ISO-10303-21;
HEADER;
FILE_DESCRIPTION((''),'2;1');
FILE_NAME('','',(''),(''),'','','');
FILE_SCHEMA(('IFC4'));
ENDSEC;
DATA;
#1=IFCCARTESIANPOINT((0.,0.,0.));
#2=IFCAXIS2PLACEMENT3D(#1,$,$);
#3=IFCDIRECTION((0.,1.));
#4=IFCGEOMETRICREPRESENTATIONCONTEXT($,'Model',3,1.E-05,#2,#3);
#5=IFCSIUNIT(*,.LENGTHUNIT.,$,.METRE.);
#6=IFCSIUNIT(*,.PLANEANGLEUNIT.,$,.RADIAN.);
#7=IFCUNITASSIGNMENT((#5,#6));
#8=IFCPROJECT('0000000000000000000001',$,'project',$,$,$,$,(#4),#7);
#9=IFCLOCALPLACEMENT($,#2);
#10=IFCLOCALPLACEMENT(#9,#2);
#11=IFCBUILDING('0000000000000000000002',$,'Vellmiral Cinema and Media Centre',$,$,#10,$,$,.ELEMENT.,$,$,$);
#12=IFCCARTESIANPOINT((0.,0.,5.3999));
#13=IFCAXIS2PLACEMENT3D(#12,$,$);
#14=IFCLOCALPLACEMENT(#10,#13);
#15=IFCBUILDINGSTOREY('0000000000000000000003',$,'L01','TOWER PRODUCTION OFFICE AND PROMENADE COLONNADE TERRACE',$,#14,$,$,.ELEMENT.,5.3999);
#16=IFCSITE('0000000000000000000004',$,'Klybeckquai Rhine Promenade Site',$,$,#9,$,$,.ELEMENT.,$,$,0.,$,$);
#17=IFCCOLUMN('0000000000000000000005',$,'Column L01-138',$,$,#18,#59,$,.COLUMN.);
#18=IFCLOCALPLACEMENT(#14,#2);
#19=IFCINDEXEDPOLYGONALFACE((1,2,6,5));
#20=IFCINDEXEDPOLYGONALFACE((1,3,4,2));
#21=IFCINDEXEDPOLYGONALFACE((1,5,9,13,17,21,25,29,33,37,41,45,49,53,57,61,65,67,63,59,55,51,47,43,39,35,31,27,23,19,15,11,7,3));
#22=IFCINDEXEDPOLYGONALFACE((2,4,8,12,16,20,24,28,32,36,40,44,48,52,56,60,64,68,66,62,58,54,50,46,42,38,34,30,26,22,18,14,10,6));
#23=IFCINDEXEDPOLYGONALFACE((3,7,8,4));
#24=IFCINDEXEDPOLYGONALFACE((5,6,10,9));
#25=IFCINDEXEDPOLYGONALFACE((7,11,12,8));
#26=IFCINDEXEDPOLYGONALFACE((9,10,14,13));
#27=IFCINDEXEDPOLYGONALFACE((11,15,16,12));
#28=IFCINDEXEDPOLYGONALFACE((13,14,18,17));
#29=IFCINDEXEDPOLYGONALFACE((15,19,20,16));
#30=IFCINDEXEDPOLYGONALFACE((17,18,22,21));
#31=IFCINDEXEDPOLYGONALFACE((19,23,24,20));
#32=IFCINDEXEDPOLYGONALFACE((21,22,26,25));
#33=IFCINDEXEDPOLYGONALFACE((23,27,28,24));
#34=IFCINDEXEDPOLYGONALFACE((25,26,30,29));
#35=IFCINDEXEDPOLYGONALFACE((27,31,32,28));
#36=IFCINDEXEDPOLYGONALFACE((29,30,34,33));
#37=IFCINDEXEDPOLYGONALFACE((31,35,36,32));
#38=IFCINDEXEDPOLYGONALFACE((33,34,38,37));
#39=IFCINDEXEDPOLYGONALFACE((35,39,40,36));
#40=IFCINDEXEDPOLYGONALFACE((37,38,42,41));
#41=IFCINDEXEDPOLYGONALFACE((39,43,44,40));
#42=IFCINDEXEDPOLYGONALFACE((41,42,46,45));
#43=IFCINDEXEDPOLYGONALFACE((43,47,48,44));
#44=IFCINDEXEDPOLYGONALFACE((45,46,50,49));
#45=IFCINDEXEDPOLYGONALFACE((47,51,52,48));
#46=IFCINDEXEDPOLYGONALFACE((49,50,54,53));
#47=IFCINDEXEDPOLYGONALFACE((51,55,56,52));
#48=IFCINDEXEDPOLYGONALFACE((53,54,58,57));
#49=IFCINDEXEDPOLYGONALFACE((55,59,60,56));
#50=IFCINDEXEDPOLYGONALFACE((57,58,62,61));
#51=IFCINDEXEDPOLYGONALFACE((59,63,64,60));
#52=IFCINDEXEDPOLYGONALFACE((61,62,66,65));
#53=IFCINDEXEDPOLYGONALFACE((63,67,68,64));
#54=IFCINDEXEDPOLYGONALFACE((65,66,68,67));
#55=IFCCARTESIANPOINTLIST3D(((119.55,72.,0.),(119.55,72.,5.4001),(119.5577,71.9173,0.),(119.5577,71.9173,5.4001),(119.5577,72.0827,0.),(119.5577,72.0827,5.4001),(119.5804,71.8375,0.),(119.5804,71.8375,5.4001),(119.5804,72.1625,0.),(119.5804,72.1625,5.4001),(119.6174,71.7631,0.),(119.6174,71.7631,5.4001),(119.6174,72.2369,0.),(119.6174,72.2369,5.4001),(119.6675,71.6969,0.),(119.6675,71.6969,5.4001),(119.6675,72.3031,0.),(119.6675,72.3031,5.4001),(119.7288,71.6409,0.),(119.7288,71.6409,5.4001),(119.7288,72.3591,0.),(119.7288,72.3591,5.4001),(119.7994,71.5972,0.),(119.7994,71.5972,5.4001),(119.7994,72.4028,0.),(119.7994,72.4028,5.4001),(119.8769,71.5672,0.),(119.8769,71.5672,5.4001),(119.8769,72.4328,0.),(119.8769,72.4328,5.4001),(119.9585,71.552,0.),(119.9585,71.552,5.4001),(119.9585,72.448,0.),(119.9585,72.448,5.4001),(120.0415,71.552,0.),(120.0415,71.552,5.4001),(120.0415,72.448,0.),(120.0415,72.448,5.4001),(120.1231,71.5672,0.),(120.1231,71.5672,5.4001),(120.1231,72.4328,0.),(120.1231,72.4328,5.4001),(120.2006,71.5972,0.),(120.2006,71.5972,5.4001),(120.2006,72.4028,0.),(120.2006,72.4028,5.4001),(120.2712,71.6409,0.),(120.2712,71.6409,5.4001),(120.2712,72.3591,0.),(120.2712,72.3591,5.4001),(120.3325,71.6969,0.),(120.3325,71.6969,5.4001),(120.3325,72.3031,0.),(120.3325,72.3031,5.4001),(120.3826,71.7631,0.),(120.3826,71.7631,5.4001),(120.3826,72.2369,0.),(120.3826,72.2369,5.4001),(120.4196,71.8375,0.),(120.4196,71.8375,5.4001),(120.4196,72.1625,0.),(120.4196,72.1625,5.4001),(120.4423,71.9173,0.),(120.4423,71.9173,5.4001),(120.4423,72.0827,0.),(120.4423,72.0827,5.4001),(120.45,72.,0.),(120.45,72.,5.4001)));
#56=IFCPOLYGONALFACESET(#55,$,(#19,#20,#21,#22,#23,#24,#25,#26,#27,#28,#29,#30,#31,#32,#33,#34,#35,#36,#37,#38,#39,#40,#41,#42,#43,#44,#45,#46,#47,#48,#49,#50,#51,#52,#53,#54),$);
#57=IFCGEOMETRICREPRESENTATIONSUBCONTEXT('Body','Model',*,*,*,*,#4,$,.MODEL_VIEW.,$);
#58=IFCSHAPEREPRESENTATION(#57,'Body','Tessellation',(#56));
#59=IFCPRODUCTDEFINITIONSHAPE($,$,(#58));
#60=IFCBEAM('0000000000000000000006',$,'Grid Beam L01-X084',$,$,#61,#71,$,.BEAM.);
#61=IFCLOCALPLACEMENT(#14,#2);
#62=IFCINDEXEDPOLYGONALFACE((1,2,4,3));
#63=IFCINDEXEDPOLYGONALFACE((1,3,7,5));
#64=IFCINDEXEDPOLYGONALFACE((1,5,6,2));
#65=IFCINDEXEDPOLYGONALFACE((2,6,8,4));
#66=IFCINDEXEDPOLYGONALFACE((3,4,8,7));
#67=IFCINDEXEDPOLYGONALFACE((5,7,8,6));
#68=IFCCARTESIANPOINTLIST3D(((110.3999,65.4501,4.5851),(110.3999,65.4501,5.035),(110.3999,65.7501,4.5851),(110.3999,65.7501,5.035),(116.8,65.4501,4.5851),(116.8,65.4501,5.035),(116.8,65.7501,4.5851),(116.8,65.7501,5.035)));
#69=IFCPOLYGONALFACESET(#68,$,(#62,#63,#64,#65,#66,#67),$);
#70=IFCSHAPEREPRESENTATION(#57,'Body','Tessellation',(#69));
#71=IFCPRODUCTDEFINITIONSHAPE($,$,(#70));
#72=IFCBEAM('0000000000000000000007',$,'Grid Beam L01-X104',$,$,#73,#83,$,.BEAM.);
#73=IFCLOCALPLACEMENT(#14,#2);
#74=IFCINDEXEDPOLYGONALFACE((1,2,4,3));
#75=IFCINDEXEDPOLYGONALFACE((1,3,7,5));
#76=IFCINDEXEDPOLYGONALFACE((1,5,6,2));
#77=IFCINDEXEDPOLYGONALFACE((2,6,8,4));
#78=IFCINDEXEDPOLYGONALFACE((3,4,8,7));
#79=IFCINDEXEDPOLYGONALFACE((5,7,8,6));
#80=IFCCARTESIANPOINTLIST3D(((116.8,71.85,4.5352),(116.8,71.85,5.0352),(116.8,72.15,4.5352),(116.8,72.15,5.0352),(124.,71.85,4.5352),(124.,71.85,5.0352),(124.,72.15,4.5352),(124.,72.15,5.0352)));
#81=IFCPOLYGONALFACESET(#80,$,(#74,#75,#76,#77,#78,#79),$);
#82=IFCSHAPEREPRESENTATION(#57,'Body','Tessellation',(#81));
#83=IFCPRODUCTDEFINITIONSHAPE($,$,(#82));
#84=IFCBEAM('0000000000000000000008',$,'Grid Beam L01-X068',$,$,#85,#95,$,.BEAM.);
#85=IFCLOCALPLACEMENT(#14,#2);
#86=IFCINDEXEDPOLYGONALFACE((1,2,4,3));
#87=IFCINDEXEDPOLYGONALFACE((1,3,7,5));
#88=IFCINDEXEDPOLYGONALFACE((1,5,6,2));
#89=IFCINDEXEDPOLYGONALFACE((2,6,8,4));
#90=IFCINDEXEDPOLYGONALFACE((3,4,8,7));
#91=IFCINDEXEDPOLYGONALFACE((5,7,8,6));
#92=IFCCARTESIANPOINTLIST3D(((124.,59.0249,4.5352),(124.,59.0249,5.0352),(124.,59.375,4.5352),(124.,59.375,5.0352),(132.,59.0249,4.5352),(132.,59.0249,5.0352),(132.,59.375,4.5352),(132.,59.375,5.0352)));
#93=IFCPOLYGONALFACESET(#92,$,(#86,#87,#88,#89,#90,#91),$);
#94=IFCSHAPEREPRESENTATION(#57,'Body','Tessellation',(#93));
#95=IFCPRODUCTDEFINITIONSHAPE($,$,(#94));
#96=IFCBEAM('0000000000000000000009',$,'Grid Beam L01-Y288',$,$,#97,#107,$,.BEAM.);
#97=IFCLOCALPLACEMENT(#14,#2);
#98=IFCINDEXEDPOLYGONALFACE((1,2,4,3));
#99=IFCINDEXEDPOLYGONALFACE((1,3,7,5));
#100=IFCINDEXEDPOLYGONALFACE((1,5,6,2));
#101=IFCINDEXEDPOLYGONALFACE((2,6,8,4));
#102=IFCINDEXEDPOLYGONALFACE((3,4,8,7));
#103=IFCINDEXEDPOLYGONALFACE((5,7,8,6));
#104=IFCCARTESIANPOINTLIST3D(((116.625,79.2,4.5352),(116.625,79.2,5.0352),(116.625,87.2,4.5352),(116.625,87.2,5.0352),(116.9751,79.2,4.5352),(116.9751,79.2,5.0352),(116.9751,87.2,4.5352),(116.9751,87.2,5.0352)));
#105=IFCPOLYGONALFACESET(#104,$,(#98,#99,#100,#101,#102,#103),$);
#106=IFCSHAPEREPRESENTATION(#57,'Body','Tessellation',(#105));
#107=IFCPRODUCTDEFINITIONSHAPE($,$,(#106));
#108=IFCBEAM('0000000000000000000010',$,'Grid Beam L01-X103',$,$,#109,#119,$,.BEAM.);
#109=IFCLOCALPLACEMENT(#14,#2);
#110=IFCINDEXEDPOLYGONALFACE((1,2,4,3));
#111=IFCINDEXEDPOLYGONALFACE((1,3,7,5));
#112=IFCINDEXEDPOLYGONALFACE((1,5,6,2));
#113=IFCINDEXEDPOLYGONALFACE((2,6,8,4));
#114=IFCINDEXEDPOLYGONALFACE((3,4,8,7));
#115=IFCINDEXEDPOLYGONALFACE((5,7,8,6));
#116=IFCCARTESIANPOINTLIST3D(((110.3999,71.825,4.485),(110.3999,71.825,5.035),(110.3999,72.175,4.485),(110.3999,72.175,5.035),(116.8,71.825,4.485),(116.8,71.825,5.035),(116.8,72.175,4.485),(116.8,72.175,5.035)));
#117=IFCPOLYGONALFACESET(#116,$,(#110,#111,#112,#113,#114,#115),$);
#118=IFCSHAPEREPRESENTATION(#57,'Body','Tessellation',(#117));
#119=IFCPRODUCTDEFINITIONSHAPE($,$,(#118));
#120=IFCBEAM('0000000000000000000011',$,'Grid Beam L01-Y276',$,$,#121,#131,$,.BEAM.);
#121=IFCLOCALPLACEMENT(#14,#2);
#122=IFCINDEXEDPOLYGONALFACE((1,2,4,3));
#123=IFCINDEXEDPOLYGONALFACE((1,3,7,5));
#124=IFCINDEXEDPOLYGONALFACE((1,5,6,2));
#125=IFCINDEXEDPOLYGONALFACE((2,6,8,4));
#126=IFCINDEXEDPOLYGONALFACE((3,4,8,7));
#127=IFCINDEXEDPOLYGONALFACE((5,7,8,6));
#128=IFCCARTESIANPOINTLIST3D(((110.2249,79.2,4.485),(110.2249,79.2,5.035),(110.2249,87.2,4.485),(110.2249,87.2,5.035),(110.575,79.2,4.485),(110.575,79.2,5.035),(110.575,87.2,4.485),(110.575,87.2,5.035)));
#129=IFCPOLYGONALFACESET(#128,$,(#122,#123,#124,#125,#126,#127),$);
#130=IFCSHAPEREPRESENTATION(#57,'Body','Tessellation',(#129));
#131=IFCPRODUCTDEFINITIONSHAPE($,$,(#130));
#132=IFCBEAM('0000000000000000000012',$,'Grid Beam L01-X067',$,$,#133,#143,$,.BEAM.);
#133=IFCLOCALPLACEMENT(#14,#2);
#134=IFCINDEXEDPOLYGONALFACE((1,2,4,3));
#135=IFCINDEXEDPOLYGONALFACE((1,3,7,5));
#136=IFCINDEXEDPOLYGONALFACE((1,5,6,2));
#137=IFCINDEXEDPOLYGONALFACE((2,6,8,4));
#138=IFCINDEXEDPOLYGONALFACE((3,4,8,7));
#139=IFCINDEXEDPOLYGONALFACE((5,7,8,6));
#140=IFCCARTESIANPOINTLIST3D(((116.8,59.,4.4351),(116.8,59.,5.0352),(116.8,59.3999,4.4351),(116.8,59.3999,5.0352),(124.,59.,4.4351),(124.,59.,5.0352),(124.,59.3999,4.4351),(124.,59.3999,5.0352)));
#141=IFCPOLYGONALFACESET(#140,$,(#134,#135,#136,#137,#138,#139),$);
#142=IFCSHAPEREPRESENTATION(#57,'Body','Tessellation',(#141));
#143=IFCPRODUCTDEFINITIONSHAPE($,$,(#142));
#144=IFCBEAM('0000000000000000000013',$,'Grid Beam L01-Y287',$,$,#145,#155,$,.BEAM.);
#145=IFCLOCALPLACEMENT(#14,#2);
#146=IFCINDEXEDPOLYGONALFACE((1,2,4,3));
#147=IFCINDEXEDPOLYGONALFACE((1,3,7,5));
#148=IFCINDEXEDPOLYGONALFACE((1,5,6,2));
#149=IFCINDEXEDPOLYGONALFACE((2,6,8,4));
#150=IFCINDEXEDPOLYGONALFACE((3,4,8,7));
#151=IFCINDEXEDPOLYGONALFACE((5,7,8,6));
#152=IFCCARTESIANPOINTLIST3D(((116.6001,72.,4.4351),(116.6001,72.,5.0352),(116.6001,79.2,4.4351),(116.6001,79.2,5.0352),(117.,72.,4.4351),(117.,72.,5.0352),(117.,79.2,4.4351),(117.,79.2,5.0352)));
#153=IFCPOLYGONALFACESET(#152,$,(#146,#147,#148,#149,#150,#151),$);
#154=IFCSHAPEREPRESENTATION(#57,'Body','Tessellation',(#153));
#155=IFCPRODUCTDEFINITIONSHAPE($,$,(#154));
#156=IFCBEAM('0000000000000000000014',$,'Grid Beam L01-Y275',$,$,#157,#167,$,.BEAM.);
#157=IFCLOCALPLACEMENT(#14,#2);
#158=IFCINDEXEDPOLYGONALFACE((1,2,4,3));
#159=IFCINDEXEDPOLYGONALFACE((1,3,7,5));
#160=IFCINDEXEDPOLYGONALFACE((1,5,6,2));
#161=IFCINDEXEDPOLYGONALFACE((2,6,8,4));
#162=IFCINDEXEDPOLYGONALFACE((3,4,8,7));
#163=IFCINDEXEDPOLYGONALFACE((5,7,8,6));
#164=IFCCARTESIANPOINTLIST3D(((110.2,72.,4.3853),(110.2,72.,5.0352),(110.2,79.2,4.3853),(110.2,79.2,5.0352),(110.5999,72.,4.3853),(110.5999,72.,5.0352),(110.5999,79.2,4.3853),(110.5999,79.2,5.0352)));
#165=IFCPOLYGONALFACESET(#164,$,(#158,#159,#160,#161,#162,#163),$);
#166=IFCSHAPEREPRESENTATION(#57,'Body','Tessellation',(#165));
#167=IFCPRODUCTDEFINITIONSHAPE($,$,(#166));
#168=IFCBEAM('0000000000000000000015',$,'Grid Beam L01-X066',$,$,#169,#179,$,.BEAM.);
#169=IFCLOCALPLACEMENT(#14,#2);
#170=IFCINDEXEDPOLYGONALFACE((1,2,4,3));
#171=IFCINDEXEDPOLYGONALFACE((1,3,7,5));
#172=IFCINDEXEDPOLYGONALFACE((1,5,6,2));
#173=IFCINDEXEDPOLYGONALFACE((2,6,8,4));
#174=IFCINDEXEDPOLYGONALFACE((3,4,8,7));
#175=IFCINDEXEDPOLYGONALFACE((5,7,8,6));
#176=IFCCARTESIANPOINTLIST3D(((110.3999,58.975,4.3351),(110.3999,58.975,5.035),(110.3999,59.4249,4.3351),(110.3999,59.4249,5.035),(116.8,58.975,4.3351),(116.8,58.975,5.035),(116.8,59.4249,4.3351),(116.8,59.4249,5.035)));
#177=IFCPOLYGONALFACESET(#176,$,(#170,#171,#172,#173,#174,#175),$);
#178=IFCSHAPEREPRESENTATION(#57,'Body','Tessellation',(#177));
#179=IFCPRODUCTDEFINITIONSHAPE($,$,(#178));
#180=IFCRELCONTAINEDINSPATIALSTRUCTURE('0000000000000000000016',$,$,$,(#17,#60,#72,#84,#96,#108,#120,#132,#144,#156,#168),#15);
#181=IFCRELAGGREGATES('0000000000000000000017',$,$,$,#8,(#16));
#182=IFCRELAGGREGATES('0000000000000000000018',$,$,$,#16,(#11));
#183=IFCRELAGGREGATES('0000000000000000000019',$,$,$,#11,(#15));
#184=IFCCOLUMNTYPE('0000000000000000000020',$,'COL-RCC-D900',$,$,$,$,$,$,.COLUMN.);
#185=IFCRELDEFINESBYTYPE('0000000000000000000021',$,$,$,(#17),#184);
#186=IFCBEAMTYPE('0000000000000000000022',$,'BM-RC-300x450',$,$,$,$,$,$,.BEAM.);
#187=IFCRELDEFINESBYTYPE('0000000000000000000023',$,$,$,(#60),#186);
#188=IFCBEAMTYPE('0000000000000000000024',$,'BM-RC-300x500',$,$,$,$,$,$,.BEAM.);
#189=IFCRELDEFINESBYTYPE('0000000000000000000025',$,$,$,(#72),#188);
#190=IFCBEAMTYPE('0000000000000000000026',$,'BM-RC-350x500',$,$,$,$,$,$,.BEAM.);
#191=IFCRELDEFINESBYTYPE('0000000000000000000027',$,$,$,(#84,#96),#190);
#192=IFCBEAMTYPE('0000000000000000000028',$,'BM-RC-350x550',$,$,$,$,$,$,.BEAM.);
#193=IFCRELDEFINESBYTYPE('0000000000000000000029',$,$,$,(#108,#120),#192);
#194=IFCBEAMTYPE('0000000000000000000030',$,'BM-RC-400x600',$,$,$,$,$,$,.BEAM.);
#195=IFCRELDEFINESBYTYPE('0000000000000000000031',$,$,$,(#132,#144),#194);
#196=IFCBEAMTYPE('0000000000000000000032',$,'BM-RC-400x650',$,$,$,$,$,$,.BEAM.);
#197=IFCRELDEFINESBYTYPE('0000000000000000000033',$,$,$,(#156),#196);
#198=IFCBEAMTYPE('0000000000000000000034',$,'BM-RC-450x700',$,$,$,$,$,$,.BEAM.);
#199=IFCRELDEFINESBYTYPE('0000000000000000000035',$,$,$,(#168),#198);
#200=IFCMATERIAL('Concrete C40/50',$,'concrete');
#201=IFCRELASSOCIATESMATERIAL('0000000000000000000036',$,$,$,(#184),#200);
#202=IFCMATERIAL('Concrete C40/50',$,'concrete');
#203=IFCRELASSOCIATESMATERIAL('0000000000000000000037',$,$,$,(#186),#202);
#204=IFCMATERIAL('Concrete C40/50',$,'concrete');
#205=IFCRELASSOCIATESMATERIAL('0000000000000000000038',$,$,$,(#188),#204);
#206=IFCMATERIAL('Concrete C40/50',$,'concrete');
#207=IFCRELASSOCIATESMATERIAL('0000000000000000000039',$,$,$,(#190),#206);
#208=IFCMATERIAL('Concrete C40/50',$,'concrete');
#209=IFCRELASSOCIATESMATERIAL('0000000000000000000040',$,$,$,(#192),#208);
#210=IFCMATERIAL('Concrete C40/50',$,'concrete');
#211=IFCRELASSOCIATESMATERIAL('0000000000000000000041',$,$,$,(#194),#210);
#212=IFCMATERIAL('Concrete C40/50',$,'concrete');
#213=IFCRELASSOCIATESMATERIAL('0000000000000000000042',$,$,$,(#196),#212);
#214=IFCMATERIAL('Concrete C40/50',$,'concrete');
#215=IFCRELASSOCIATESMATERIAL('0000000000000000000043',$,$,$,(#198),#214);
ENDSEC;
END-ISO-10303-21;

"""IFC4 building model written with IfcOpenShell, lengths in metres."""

from ifc_helpers import new_model, si_unit, direction, frame, origin, origin_2d, place, context, subcontext, project, spatial, rectangle, circle, extrude, material, material_profile, profile_set, type_object, element, save


model = new_model("IFC4")

# Units and contexts
model_context = context("Model", 3, precision=1e-05, world=origin(), true_north=direction((0.0, 1.0)))
body_context = subcontext(model_context, "Body", "Model", "MODEL_VIEW")
ifc_project = project(units=[si_unit("LENGTHUNIT", "METRE"), si_unit("PLANEANGLEUNIT", "RADIAN")], contexts=[model_context])

# Site, building, storey
site_placement = place(None, origin())
site = spatial("IfcSite", under=ifc_project, at=site_placement, Name="Klybeckquai Rhine Promenade Site", CompositionType="ELEMENT", RefElevation=0.0)
building_placement = place(site_placement, origin())
building = spatial("IfcBuilding", under=site, at=building_placement, Name="Vellmiral Cinema and Media Centre", CompositionType="ELEMENT")
storey_placement = place(building_placement, frame((0.0, 0.0, 5.3999)))
storey = spatial("IfcBuildingStorey", under=building, at=storey_placement, Name="L01", Description="TOWER PRODUCTION OFFICE AND PROMENADE COLONNADE TERRACE", CompositionType="ELEMENT", Elevation=5.3999)

# Column
ifc_material_1 = material(Name="Concrete C40/50", Category="concrete")
ifc_material_profile_1 = material_profile(ifc_material_1, circle(Radius=0.45, at=origin_2d()), Name="RC D900")
ifc_profile_set_1 = profile_set([ifc_material_profile_1], Name="Concrete C40/50")
column_type_1 = type_object("IfcColumnType", Name="COL-RCC-D900", PredefinedType="COLUMN", material=ifc_profile_set_1)
for number, where, z_axis, x_axis, name in (
    (1, (120.0, 72.0, 0.0), (0.0, 0.0, 1.0), (1.0, 0.0, 0.0), "Column L01-138"),
):
    element("IfcColumn", number, at=place(storey_placement, frame(where, z_axis=z_axis, x_axis=x_axis)), inside=storey, type_object=column_type_1, Name=name, PredefinedType="COLUMN", context=body_context, shape_type="SweptSolid", body=[
        extrude(circle(Radius=0.45, at=origin_2d()), origin(), (0.0, 0.0, 1.0), 5.4001),
    ])

# Beams
ifc_material_2 = material(Name="Concrete C40/50", Category="concrete")
ifc_material_profile_2 = material_profile(ifc_material_2, rectangle(XDim=0.3, YDim=0.45, at=origin_2d()), Name="RC 300x450")
ifc_profile_set_2 = profile_set([ifc_material_profile_2], Name="Concrete C40/50")
beam_type_1 = type_object("IfcBeamType", Name="BM-RC-300x450", PredefinedType="BEAM", material=ifc_profile_set_2)
beam_1_placement = place(storey_placement, frame((110.3999, 65.6001, 4.8101), z_axis=(1.0, 0.0, 0.0), x_axis=(0.0, 1.0, 0.0)))
element("IfcBeam", 2, at=beam_1_placement, inside=storey, type_object=beam_type_1, Name="Grid Beam L01-X084", PredefinedType="BEAM", context=body_context, shape_type="SweptSolid", body=[
    extrude(rectangle(XDim=0.3, YDim=0.45, at=origin_2d()), origin(), (0.0, 0.0, 1.0), 6.4001),
])
ifc_material_3 = material(Name="Concrete C40/50", Category="concrete")
ifc_material_profile_3 = material_profile(ifc_material_3, rectangle(XDim=0.3, YDim=0.5, at=origin_2d()), Name="RC 300x500")
ifc_profile_set_3 = profile_set([ifc_material_profile_3], Name="Concrete C40/50")
beam_type_2 = type_object("IfcBeamType", Name="BM-RC-300x500", PredefinedType="BEAM", material=ifc_profile_set_3)
beam_2_placement = place(storey_placement, frame((116.8, 72.0, 4.7852), z_axis=(1.0, 0.0, 0.0), x_axis=(0.0, 1.0, 0.0)))
element("IfcBeam", 3, at=beam_2_placement, inside=storey, type_object=beam_type_2, Name="Grid Beam L01-X104", PredefinedType="BEAM", context=body_context, shape_type="SweptSolid", body=[
    extrude(rectangle(XDim=0.3, YDim=0.5, at=origin_2d()), origin(), (0.0, 0.0, 1.0), 7.2),
])
ifc_material_4 = material(Name="Concrete C40/50", Category="concrete")
ifc_material_profile_4 = material_profile(ifc_material_4, rectangle(XDim=0.3501, YDim=0.5, at=origin_2d()), Name="RC 350x500")
ifc_profile_set_4 = profile_set([ifc_material_profile_4], Name="Concrete C40/50")
beam_type_3 = type_object("IfcBeamType", Name="BM-RC-350x500", PredefinedType="BEAM", material=ifc_profile_set_4)
for number, where, z_axis, x_axis, name in (
    (4, (124.0, 59.2, 4.7852), (1.0, 0.0, 0.0), (0.0, 1.0, 0.0), "Grid Beam L01-X068"),
    (5, (116.8, 79.2, 4.7852), (0.0, 1.0, 0.0), (-1.0, 0.0, 0.0), "Grid Beam L01-Y288"),
):
    element("IfcBeam", number, at=place(storey_placement, frame(where, z_axis=z_axis, x_axis=x_axis)), inside=storey, type_object=beam_type_3, Name=name, PredefinedType="BEAM", context=body_context, shape_type="SweptSolid", body=[
        extrude(rectangle(XDim=0.3501, YDim=0.5, at=origin_2d()), origin(), (0.0, 0.0, 1.0), 8.0),
    ])
ifc_material_5 = material(Name="Concrete C40/50", Category="concrete")
ifc_material_profile_5 = material_profile(ifc_material_5, rectangle(XDim=0.3501, YDim=0.55, at=origin_2d()), Name="RC 350x550")
ifc_profile_set_5 = profile_set([ifc_material_profile_5], Name="Concrete C40/50")
beam_type_4 = type_object("IfcBeamType", Name="BM-RC-350x550", PredefinedType="BEAM", material=ifc_profile_set_5)
beam_3_placement = place(storey_placement, frame((110.3999, 72.0, 4.76), z_axis=(1.0, 0.0, 0.0), x_axis=(0.0, 1.0, 0.0)))
element("IfcBeam", 6, at=beam_3_placement, inside=storey, type_object=beam_type_4, Name="Grid Beam L01-X103", PredefinedType="BEAM", context=body_context, shape_type="SweptSolid", body=[
    extrude(rectangle(XDim=0.3501, YDim=0.55, at=origin_2d()), origin(), (0.0, 0.0, 1.0), 6.4001),
])
beam_4_placement = place(storey_placement, frame((110.3999, 79.2, 4.76), z_axis=(0.0, 1.0, 0.0), x_axis=(-1.0, 0.0, 0.0)))
element("IfcBeam", 7, at=beam_4_placement, inside=storey, type_object=beam_type_4, Name="Grid Beam L01-Y276", PredefinedType="BEAM", context=body_context, shape_type="SweptSolid", body=[
    extrude(rectangle(XDim=0.3501, YDim=0.55, at=origin_2d()), origin(), (0.0, 0.0, 1.0), 8.0),
])
ifc_material_6 = material(Name="Concrete C40/50", Category="concrete")
ifc_material_profile_6 = material_profile(ifc_material_6, rectangle(XDim=0.3999, YDim=0.6001, at=origin_2d()), Name="RC 400x600")
ifc_profile_set_6 = profile_set([ifc_material_profile_6], Name="Concrete C40/50")
beam_type_5 = type_object("IfcBeamType", Name="BM-RC-400x600", PredefinedType="BEAM", material=ifc_profile_set_6)
for number, where, z_axis, x_axis, name in (
    (8, (116.8, 59.2, 4.7351), (1.0, 0.0, 0.0), (0.0, 1.0, 0.0), "Grid Beam L01-X067"),
    (9, (116.8, 72.0, 4.7351), (0.0, 1.0, 0.0), (-1.0, 0.0, 0.0), "Grid Beam L01-Y287"),
):
    element("IfcBeam", number, at=place(storey_placement, frame(where, z_axis=z_axis, x_axis=x_axis)), inside=storey, type_object=beam_type_5, Name=name, PredefinedType="BEAM", context=body_context, shape_type="SweptSolid", body=[
        extrude(rectangle(XDim=0.3999, YDim=0.6001, at=origin_2d()), origin(), (0.0, 0.0, 1.0), 7.2),
    ])
ifc_material_7 = material(Name="Concrete C40/50", Category="concrete")
ifc_material_profile_7 = material_profile(ifc_material_7, rectangle(XDim=0.3999, YDim=0.6499, at=origin_2d()), Name="RC 400x650")
ifc_profile_set_7 = profile_set([ifc_material_profile_7], Name="Concrete C40/50")
beam_type_6 = type_object("IfcBeamType", Name="BM-RC-400x650", PredefinedType="BEAM", material=ifc_profile_set_7)
beam_5_placement = place(storey_placement, frame((110.3999, 72.0, 4.7102), z_axis=(0.0, 1.0, 0.0), x_axis=(-1.0, 0.0, 0.0)))
element("IfcBeam", 10, at=beam_5_placement, inside=storey, type_object=beam_type_6, Name="Grid Beam L01-Y275", PredefinedType="BEAM", context=body_context, shape_type="SweptSolid", body=[
    extrude(rectangle(XDim=0.3999, YDim=0.6499, at=origin_2d()), origin(), (0.0, 0.0, 1.0), 7.2),
])
ifc_material_8 = material(Name="Concrete C40/50", Category="concrete")
ifc_material_profile_8 = material_profile(ifc_material_8, rectangle(XDim=0.45, YDim=0.7, at=origin_2d()), Name="RC 450x700")
ifc_profile_set_8 = profile_set([ifc_material_profile_8], Name="Concrete C40/50")
beam_type_7 = type_object("IfcBeamType", Name="BM-RC-450x700", PredefinedType="BEAM", material=ifc_profile_set_8)
beam_6_placement = place(storey_placement, frame((110.3999, 59.2, 4.6851), z_axis=(1.0, 0.0, 0.0), x_axis=(0.0, 1.0, 0.0)))
element("IfcBeam", 11, at=beam_6_placement, inside=storey, type_object=beam_type_7, Name="Grid Beam L01-X066", PredefinedType="BEAM", context=body_context, shape_type="SweptSolid", body=[
    extrude(rectangle(XDim=0.45, YDim=0.7, at=origin_2d()), origin(), (0.0, 0.0, 1.0), 6.4001),
])

save(model, "model.ifc")
